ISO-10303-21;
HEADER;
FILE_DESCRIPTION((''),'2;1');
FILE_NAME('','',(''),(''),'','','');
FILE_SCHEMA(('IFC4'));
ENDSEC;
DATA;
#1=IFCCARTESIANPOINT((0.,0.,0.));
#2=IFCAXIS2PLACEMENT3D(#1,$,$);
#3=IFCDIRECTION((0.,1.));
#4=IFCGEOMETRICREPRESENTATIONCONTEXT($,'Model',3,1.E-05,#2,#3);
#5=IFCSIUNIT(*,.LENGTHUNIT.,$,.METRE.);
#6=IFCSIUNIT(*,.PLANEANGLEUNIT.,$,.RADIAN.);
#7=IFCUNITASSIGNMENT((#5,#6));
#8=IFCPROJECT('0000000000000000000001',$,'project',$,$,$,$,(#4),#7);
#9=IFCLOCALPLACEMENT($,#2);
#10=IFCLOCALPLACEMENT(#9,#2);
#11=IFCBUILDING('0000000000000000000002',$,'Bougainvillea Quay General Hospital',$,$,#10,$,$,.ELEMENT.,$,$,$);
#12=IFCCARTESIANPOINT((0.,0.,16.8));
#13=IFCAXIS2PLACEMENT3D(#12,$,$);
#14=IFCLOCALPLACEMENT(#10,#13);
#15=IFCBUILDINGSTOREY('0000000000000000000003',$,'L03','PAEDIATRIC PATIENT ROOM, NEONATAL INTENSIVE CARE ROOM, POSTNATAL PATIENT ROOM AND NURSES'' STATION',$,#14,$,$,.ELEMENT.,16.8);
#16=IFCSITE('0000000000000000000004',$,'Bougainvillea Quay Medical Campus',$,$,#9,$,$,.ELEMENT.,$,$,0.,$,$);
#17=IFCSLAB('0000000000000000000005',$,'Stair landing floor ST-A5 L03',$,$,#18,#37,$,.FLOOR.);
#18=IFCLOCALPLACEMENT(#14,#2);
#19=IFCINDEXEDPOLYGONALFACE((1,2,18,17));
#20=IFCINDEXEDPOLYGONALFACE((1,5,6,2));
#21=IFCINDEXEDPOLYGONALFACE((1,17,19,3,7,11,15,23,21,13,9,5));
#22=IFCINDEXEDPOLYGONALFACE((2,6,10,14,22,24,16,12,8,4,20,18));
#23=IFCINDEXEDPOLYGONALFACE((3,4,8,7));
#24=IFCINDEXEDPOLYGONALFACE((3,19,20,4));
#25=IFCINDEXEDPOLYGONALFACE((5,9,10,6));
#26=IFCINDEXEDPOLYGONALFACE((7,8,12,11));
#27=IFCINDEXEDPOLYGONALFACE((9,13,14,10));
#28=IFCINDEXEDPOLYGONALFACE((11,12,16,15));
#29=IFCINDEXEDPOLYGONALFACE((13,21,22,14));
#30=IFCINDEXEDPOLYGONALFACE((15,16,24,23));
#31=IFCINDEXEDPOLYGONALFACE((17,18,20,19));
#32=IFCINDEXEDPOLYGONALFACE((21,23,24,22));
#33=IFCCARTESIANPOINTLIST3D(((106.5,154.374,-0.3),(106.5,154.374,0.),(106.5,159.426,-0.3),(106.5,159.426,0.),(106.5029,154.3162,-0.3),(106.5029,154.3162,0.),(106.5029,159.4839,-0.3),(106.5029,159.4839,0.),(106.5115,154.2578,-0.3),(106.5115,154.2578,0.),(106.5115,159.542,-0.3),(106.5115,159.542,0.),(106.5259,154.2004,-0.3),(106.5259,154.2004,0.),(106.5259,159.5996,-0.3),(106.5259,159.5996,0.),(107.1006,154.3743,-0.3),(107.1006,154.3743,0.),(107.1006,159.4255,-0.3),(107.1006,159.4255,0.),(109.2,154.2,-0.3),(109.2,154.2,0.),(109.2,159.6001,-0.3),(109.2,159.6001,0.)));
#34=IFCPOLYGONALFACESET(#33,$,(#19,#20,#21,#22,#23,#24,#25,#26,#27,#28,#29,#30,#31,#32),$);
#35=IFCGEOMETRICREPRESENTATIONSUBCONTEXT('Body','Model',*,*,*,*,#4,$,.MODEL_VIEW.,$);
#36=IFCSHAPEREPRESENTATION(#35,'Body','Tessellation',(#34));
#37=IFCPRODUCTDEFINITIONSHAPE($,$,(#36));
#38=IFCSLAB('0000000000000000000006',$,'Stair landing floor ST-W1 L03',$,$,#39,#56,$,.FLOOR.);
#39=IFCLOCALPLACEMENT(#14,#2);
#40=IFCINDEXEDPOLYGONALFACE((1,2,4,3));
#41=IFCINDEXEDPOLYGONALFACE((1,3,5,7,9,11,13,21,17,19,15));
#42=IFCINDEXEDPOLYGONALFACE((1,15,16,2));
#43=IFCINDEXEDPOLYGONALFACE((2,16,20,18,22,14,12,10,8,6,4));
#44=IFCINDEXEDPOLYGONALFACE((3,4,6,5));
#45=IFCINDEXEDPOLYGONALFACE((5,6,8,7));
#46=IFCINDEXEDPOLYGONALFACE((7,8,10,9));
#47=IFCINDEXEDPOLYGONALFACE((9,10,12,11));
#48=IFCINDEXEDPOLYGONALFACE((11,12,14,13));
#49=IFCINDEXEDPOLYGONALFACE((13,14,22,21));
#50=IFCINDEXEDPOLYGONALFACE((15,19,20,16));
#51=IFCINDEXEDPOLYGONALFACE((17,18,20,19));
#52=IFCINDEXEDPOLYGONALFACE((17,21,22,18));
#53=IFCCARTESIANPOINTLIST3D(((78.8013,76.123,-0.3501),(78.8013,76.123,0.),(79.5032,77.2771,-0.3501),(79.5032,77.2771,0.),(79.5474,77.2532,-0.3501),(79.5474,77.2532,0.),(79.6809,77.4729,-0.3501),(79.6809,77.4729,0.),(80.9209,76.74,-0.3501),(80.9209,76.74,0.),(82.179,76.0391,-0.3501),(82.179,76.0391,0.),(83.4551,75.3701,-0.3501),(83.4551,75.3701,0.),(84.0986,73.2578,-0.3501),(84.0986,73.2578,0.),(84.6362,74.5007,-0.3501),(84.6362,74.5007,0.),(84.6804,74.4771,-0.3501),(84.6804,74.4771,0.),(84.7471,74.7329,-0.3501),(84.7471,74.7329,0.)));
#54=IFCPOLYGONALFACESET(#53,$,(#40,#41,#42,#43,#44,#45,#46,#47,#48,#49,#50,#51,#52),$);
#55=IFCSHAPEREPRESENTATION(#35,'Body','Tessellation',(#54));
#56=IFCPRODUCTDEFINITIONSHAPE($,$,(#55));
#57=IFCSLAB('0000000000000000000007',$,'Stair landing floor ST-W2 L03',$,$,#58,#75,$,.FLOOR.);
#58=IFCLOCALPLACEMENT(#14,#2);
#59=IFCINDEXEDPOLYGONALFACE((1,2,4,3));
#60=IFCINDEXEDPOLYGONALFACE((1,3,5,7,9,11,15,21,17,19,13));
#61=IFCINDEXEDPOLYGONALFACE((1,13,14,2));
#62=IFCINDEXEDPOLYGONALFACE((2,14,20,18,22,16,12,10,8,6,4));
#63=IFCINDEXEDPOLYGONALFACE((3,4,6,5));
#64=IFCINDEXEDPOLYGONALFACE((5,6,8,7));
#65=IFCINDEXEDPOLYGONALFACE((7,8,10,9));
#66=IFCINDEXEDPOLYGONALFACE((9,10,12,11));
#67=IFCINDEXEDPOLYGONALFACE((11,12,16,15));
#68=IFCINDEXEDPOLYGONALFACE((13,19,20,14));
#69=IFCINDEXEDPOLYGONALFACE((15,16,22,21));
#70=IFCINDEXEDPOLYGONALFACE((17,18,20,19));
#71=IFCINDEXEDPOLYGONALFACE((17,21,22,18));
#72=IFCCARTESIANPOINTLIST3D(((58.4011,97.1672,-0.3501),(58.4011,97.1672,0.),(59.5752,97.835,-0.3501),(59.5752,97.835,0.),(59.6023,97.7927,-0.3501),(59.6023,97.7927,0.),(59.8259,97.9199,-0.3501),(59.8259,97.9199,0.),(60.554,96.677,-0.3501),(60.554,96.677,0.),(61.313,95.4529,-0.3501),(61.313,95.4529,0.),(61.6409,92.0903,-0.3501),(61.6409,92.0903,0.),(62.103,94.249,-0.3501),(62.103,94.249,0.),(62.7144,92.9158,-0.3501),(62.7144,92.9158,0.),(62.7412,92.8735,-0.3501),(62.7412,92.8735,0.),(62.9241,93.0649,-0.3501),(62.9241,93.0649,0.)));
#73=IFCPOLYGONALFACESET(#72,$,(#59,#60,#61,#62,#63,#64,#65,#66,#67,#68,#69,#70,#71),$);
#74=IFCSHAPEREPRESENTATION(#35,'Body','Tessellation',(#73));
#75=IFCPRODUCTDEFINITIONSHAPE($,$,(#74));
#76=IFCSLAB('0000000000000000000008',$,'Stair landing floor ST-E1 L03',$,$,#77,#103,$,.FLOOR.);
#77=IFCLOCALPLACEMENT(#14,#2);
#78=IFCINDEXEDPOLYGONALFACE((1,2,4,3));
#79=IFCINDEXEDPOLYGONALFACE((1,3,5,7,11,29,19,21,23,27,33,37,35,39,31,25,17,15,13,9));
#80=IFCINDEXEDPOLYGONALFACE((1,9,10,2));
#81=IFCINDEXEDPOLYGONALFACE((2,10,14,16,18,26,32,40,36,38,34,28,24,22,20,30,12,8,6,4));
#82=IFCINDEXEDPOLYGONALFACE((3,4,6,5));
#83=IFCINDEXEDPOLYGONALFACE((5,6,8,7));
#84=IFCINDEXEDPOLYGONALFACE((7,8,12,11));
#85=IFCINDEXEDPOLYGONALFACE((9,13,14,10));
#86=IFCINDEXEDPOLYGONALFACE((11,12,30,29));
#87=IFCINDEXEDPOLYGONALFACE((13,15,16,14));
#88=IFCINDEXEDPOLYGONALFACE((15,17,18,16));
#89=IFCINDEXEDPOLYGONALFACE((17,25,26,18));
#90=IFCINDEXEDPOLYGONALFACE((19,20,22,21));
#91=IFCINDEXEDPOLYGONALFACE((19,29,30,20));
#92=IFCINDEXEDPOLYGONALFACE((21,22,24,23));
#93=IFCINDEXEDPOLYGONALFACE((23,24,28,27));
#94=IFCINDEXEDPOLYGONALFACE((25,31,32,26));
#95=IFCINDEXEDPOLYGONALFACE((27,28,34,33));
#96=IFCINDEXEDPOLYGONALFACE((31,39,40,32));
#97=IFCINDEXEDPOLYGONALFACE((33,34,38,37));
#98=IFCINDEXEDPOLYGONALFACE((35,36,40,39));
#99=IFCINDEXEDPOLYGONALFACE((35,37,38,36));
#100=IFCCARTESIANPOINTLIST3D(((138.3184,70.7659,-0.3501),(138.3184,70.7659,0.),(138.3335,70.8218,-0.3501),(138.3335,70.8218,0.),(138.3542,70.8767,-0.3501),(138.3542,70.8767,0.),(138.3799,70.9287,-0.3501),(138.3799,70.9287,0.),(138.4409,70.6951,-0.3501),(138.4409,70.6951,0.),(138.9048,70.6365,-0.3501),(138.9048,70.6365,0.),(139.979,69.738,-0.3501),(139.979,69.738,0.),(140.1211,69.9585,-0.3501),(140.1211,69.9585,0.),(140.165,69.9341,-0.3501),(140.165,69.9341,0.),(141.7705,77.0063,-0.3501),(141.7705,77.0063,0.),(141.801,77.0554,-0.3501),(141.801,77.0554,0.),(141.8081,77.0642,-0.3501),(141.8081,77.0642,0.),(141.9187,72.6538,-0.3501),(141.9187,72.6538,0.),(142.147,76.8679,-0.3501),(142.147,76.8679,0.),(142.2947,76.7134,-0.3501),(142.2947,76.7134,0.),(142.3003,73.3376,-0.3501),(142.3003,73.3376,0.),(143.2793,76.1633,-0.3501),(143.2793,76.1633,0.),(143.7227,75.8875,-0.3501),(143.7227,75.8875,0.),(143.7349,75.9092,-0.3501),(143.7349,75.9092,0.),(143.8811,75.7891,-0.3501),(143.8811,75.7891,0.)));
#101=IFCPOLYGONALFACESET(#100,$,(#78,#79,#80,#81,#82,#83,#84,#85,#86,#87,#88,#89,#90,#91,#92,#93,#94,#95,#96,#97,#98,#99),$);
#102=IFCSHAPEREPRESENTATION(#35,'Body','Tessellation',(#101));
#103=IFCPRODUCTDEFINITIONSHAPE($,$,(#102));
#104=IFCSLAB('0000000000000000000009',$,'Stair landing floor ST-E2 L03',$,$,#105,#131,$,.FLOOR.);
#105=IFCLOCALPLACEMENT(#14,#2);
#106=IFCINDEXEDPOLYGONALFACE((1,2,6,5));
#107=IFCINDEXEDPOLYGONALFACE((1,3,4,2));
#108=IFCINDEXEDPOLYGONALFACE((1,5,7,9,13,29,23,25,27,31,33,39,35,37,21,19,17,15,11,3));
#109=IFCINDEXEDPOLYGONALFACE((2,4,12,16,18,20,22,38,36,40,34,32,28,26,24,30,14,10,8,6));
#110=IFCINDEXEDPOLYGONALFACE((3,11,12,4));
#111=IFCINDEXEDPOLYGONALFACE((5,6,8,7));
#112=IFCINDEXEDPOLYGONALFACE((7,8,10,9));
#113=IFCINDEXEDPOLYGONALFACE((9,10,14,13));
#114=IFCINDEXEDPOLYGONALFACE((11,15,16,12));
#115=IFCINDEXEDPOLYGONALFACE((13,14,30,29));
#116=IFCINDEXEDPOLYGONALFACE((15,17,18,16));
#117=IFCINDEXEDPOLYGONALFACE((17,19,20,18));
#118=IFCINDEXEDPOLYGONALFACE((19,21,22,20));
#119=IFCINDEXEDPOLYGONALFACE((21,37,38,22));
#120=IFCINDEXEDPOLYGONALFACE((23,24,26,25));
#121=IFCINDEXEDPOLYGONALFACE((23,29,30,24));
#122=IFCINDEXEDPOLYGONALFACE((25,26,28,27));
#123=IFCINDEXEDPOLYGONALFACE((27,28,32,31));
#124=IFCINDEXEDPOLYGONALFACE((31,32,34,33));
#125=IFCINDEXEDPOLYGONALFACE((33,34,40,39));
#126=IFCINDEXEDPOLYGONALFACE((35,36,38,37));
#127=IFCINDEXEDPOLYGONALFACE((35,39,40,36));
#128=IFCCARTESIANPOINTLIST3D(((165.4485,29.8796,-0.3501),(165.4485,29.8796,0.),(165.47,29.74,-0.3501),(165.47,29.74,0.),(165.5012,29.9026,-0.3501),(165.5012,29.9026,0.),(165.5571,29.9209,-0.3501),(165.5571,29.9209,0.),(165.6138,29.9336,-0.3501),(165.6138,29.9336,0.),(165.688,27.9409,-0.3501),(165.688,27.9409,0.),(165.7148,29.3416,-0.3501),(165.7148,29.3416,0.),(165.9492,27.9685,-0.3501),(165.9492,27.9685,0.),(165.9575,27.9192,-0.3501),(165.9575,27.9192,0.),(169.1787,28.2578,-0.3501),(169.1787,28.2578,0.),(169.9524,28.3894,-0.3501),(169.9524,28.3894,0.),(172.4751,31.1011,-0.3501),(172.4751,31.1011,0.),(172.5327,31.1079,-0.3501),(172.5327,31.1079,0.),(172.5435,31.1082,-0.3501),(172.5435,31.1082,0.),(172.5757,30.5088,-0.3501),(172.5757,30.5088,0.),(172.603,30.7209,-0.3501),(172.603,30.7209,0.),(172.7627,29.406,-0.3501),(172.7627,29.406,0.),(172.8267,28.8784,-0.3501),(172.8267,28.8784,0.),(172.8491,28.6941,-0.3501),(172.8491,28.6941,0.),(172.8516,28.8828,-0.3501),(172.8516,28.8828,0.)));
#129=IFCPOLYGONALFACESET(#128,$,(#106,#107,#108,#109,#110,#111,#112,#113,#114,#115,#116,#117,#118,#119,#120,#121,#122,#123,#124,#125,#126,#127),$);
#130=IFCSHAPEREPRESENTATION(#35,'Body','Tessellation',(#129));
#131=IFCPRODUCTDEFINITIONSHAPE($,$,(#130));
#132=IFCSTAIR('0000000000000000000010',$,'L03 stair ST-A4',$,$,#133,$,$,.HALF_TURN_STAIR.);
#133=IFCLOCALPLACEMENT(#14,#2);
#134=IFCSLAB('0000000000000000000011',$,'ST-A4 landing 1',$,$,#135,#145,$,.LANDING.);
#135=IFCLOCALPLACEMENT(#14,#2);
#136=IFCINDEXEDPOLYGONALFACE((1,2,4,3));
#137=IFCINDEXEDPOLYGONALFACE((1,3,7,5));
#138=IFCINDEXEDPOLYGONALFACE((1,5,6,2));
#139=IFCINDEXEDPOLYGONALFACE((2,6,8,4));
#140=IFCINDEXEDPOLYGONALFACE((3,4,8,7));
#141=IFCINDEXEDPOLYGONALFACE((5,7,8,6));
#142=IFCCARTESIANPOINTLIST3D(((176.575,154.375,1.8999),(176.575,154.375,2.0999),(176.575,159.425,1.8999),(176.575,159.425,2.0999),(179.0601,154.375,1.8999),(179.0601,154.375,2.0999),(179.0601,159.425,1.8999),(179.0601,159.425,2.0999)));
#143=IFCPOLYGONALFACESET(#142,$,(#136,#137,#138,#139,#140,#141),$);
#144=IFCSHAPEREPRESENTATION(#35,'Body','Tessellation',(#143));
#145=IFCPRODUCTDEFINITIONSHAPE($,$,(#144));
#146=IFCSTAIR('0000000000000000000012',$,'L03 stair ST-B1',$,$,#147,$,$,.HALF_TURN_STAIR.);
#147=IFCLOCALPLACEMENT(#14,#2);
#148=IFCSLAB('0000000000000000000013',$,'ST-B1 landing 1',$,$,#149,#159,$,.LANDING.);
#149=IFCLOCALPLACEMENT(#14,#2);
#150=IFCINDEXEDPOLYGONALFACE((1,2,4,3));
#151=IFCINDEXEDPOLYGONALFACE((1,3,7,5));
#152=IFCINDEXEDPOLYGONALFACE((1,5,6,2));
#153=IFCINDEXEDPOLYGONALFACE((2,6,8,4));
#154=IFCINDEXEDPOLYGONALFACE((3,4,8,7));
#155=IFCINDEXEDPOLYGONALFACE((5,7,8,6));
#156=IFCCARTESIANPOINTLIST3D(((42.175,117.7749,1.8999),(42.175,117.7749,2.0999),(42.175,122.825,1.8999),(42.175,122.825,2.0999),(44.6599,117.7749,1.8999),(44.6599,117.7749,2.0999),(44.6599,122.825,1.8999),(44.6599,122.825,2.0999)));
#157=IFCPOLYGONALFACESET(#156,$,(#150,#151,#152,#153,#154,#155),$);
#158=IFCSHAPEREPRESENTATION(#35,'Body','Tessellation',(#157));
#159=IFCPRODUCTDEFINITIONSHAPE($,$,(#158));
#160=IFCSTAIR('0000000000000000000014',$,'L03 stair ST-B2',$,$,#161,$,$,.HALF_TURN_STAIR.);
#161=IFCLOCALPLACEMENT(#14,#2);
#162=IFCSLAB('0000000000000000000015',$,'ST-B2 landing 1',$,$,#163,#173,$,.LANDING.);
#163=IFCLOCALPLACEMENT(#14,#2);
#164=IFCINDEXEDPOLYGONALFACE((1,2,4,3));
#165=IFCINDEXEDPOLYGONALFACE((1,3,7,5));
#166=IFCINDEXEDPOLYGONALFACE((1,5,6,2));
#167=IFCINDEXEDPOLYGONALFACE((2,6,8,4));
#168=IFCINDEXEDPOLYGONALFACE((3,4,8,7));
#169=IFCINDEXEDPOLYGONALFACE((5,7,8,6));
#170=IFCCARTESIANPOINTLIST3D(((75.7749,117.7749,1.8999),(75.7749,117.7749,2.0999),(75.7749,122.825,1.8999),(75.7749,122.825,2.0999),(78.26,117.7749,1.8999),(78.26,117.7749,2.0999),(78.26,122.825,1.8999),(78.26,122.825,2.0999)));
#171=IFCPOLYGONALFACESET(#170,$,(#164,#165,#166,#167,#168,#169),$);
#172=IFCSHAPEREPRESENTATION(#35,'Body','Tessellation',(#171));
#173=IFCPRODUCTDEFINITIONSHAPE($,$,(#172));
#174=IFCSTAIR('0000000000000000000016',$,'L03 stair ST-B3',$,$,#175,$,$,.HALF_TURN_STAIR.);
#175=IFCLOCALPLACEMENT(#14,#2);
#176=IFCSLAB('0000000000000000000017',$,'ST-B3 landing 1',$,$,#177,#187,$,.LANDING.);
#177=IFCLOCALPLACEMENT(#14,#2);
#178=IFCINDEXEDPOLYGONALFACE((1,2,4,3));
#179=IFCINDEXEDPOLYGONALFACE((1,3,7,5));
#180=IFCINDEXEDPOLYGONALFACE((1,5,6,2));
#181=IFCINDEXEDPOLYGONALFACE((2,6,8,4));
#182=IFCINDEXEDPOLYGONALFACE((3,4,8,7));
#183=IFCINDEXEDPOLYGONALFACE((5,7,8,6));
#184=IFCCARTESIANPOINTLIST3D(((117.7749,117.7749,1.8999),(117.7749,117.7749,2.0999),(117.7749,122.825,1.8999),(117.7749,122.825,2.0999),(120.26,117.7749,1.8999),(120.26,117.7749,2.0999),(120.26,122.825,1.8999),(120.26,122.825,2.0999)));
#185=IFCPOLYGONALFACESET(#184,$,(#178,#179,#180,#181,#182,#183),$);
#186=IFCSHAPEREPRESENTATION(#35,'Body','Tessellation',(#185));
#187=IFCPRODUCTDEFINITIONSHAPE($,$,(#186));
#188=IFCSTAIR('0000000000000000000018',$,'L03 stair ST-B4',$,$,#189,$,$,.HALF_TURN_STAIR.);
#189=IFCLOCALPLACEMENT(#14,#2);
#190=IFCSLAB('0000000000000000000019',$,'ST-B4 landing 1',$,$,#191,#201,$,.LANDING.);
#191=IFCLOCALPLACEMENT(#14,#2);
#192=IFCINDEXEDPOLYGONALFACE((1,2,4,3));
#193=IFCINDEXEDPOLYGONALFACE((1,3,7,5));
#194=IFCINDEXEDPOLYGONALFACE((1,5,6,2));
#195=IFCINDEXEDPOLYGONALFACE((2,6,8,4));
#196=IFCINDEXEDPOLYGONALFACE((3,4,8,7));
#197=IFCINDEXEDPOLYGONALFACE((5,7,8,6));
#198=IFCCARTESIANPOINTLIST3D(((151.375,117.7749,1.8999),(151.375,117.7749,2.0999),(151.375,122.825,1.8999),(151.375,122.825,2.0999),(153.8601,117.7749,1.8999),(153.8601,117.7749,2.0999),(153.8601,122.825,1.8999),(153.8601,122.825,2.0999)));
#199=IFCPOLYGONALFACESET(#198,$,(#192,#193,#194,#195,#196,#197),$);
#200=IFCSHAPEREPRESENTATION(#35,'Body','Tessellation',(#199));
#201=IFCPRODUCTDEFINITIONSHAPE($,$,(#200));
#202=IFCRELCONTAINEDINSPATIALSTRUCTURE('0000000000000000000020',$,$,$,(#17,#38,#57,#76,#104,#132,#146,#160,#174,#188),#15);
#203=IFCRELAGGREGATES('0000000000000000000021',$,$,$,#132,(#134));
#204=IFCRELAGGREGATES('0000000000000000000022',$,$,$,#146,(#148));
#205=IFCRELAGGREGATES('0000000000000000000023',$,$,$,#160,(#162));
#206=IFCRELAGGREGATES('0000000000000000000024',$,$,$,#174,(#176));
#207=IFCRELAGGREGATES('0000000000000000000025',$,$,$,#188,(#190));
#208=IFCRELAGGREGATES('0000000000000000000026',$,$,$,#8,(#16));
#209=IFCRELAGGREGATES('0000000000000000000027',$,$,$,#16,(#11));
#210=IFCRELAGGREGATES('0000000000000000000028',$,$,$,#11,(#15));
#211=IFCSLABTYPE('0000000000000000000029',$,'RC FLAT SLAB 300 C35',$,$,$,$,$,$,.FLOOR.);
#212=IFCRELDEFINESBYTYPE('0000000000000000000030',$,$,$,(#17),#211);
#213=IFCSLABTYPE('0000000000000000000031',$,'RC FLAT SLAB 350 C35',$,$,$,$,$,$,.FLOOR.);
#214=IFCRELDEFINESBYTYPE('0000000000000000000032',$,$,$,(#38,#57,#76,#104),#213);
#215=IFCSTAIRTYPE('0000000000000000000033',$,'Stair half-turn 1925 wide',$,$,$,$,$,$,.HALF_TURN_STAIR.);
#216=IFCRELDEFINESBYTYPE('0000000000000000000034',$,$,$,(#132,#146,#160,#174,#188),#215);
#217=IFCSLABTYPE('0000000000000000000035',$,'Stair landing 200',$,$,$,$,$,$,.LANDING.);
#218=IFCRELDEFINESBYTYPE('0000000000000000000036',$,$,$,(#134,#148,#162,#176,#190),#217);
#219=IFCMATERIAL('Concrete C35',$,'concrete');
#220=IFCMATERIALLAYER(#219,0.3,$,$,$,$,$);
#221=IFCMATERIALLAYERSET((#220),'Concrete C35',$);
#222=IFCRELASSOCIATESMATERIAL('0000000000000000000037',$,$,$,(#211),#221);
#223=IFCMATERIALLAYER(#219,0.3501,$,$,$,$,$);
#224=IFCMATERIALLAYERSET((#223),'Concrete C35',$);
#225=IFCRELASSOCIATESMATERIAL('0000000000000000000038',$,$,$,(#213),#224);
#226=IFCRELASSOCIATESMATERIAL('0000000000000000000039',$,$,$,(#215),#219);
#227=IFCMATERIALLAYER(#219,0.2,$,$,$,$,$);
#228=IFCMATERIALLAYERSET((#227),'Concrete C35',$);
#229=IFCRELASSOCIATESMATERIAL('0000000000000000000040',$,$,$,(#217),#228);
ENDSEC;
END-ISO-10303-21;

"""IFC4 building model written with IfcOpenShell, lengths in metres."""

from ifc_helpers import new_model, si_unit, direction, frame, origin, place, context, subcontext, project, spatial, polyline, outline, extrude, material, layer, layer_set, type_object, element, aggregate, save


model = new_model("IFC4")

# Units and contexts
model_context = context("Model", 3, precision=1e-05, world=origin(), true_north=direction((0.0, 1.0)))
body_context = subcontext(model_context, "Body", "Model", "MODEL_VIEW")
ifc_project = project(units=[si_unit("LENGTHUNIT", "METRE"), si_unit("PLANEANGLEUNIT", "RADIAN")], contexts=[model_context])

# Site, building, storey
site_placement = place(None, origin())
site = spatial("IfcSite", under=ifc_project, at=site_placement, Name="Bougainvillea Quay Medical Campus", CompositionType="ELEMENT", RefElevation=0.0)
building_placement = place(site_placement, origin())
building = spatial("IfcBuilding", under=site, at=building_placement, Name="Bougainvillea Quay General Hospital", CompositionType="ELEMENT")
storey_placement = place(building_placement, frame((0.0, 0.0, 16.8)))
storey = spatial("IfcBuildingStorey", under=building, at=storey_placement, Name="L03", Description="PAEDIATRIC PATIENT ROOM, NEONATAL INTENSIVE CARE ROOM, POSTNATAL PATIENT ROOM AND NURSES' STATION", CompositionType="ELEMENT", Elevation=16.8)

# Slabs
ifc_material_1 = material(Name="Concrete C35", Category="concrete")
ifc_layer_1 = layer(ifc_material_1, 0.3)
ifc_layer_set_1 = layer_set([ifc_layer_1], Name="Concrete C35")
slab_type_1 = type_object("IfcSlabType", Name="RC FLAT SLAB 300 C35", PredefinedType="FLOOR", material=ifc_layer_set_1)
slab_1_placement = place(storey_placement, frame((0.0, 0.0, -0.3)))
element("IfcSlab", 1, at=slab_1_placement, inside=storey, type_object=slab_type_1, Name="Stair landing floor ST-A5 L03", PredefinedType="FLOOR", context=body_context, shape_type="SweptSolid", body=[
    extrude(outline(polyline([(106.5029, 159.4839), (106.5115, 159.542), (106.5259, 159.5996), (109.2, 159.6001), (109.2, 154.2), (106.5259, 154.2004), (106.5115, 154.2578), (106.5029, 154.3162), (106.5, 154.374), (107.1006, 154.3743), (107.1006, 159.4255), (106.5, 159.426), (106.5029, 159.4839)])), origin(), (0.0, 0.0, 1.0), 0.3),
])
ifc_layer_2 = layer(ifc_material_1, 0.3501)
ifc_layer_set_2 = layer_set([ifc_layer_2], Name="Concrete C35")
slab_type_2 = type_object("IfcSlabType", Name="RC FLAT SLAB 350 C35", PredefinedType="FLOOR", material=ifc_layer_set_2)
slab_2_placement = place(storey_placement, frame((0.0, 0.0, -0.3501)))
element("IfcSlab", 2, at=slab_2_placement, inside=storey, type_object=slab_type_2, Name="Stair landing floor ST-W1 L03", PredefinedType="FLOOR", context=body_context, shape_type="SweptSolid", body=[
    extrude(outline(polyline([(82.179, 76.0391), (83.4551, 75.3701), (84.7471, 74.7329), (84.6362, 74.5007), (84.6804, 74.4771), (84.0986, 73.2578), (78.8013, 76.123), (79.5032, 77.2771), (79.5474, 77.2532), (79.6809, 77.4729), (80.9209, 76.74), (82.179, 76.0391)])), origin(), (0.0, 0.0, 1.0), 0.3501),
])
slab_3_placement = place(storey_placement, frame((0.0, 0.0, -0.3501)))
element("IfcSlab", 3, at=slab_3_placement, inside=storey, type_object=slab_type_2, Name="Stair landing floor ST-W2 L03", PredefinedType="FLOOR", context=body_context, shape_type="SweptSolid", body=[
    extrude(outline(polyline([(61.313, 95.4529), (62.103, 94.249), (62.9241, 93.0649), (62.7144, 92.9158), (62.7412, 92.8735), (61.6409, 92.0903), (58.4011, 97.1672), (59.5752, 97.835), (59.6023, 97.7927), (59.8259, 97.9199), (60.554, 96.677), (61.313, 95.4529)])), origin(), (0.0, 0.0, 1.0), 0.3501),
])
slab_4_placement = place(storey_placement, frame((0.0, 0.0, -0.3501)))
element("IfcSlab", 4, at=slab_4_placement, inside=storey, type_object=slab_type_2, Name="Stair landing floor ST-E1 L03", PredefinedType="FLOOR", context=body_context, shape_type="SweptSolid", body=[
    extrude(outline(polyline([(141.9187, 72.6538), (140.165, 69.9341), (140.1211, 69.9585), (139.979, 69.738), (138.4409, 70.6951), (138.3184, 70.7659), (138.3335, 70.8218), (138.3542, 70.8767), (138.3799, 70.9287), (138.9048, 70.6365), (142.2947, 76.7134), (141.7705, 77.0063), (141.801, 77.0554), (141.8081, 77.0642), (142.147, 76.8679), (143.2793, 76.1633), (143.7349, 75.9092), (143.7227, 75.8875), (143.8811, 75.7891), (142.3003, 73.3376), (141.9187, 72.6538)])), origin(), (0.0, 0.0, 1.0), 0.3501),
])
slab_5_placement = place(storey_placement, frame((0.0, 0.0, -0.3501)))
element("IfcSlab", 5, at=slab_5_placement, inside=storey, type_object=slab_type_2, Name="Stair landing floor ST-E2 L03", PredefinedType="FLOOR", context=body_context, shape_type="SweptSolid", body=[
    extrude(outline(polyline([(169.1787, 28.2578), (165.9575, 27.9192), (165.9492, 27.9685), (165.688, 27.9409), (165.47, 29.74), (165.4485, 29.8796), (165.5012, 29.9026), (165.5571, 29.9209), (165.6138, 29.9336), (165.7148, 29.3416), (172.5757, 30.5088), (172.4751, 31.1011), (172.5327, 31.1079), (172.5435, 31.1082), (172.603, 30.7209), (172.7627, 29.406), (172.8516, 28.8828), (172.8267, 28.8784), (172.8491, 28.6941), (169.9524, 28.3894), (169.1787, 28.2578)])), origin(), (0.0, 0.0, 1.0), 0.3501),
])

# Stairs, slabs
stair_type = type_object("IfcStairType", Name="Stair half-turn 1925 wide", PredefinedType="HALF_TURN_STAIR", material=ifc_material_1)
stair_1_placement = place(storey_placement, origin())
stair_1 = element("IfcStair", 6, at=stair_1_placement, inside=storey, type_object=stair_type, Name="L03 stair ST-A4", PredefinedType="HALF_TURN_STAIR")
ifc_layer_3 = layer(ifc_material_1, 0.2)
ifc_layer_set_3 = layer_set([ifc_layer_3], Name="Concrete C35")
slab_type_3 = type_object("IfcSlabType", Name="Stair landing 200", PredefinedType="LANDING", material=ifc_layer_set_3)
slab_6_placement = place(storey_placement, frame((0.0, 0.0, 1.8999)))
slab_6 = element("IfcSlab", 7, at=slab_6_placement, type_object=slab_type_3, Name="ST-A4 landing 1", PredefinedType="LANDING", context=body_context, shape_type="SweptSolid", body=[
    extrude(outline(polyline([(179.0601, 159.425), (176.575, 159.425), (176.575, 154.375), (179.0601, 154.375), (179.0601, 159.425)])), origin(), (0.0, 0.0, 1.0), 0.2),
])
aggregate(stair_1, [slab_6])
stair_2_placement = place(storey_placement, origin())
stair_2 = element("IfcStair", 8, at=stair_2_placement, inside=storey, type_object=stair_type, Name="L03 stair ST-B1", PredefinedType="HALF_TURN_STAIR")
slab_7_placement = place(storey_placement, frame((0.0, 0.0, 1.8999)))
slab_7 = element("IfcSlab", 9, at=slab_7_placement, type_object=slab_type_3, Name="ST-B1 landing 1", PredefinedType="LANDING", context=body_context, shape_type="SweptSolid", body=[
    extrude(outline(polyline([(44.6599, 122.825), (42.175, 122.825), (42.175, 117.7749), (44.6599, 117.7749), (44.6599, 122.825)])), origin(), (0.0, 0.0, 1.0), 0.2),
])
aggregate(stair_2, [slab_7])
stair_3_placement = place(storey_placement, origin())
stair_3 = element("IfcStair", 10, at=stair_3_placement, inside=storey, type_object=stair_type, Name="L03 stair ST-B2", PredefinedType="HALF_TURN_STAIR")
slab_8_placement = place(storey_placement, frame((0.0, 0.0, 1.8999)))
slab_8 = element("IfcSlab", 11, at=slab_8_placement, type_object=slab_type_3, Name="ST-B2 landing 1", PredefinedType="LANDING", context=body_context, shape_type="SweptSolid", body=[
    extrude(outline(polyline([(78.26, 122.825), (75.7749, 122.825), (75.7749, 117.7749), (78.26, 117.7749), (78.26, 122.825)])), origin(), (0.0, 0.0, 1.0), 0.2),
])
aggregate(stair_3, [slab_8])
stair_4_placement = place(storey_placement, origin())
stair_4 = element("IfcStair", 12, at=stair_4_placement, inside=storey, type_object=stair_type, Name="L03 stair ST-B3", PredefinedType="HALF_TURN_STAIR")
slab_9_placement = place(storey_placement, frame((0.0, 0.0, 1.8999)))
slab_9 = element("IfcSlab", 13, at=slab_9_placement, type_object=slab_type_3, Name="ST-B3 landing 1", PredefinedType="LANDING", context=body_context, shape_type="SweptSolid", body=[
    extrude(outline(polyline([(120.26, 122.825), (117.7749, 122.825), (117.7749, 117.7749), (120.26, 117.7749), (120.26, 122.825)])), origin(), (0.0, 0.0, 1.0), 0.2),
])
aggregate(stair_4, [slab_9])
stair_5_placement = place(storey_placement, origin())
stair_5 = element("IfcStair", 14, at=stair_5_placement, inside=storey, type_object=stair_type, Name="L03 stair ST-B4", PredefinedType="HALF_TURN_STAIR")
slab_10_placement = place(storey_placement, frame((0.0, 0.0, 1.8999)))
slab_10 = element("IfcSlab", 15, at=slab_10_placement, type_object=slab_type_3, Name="ST-B4 landing 1", PredefinedType="LANDING", context=body_context, shape_type="SweptSolid", body=[
    extrude(outline(polyline([(153.8601, 122.825), (151.375, 122.825), (151.375, 117.7749), (153.8601, 117.7749), (153.8601, 122.825)])), origin(), (0.0, 0.0, 1.0), 0.2),
])
aggregate(stair_5, [slab_10])

save(model, "model.ifc")
